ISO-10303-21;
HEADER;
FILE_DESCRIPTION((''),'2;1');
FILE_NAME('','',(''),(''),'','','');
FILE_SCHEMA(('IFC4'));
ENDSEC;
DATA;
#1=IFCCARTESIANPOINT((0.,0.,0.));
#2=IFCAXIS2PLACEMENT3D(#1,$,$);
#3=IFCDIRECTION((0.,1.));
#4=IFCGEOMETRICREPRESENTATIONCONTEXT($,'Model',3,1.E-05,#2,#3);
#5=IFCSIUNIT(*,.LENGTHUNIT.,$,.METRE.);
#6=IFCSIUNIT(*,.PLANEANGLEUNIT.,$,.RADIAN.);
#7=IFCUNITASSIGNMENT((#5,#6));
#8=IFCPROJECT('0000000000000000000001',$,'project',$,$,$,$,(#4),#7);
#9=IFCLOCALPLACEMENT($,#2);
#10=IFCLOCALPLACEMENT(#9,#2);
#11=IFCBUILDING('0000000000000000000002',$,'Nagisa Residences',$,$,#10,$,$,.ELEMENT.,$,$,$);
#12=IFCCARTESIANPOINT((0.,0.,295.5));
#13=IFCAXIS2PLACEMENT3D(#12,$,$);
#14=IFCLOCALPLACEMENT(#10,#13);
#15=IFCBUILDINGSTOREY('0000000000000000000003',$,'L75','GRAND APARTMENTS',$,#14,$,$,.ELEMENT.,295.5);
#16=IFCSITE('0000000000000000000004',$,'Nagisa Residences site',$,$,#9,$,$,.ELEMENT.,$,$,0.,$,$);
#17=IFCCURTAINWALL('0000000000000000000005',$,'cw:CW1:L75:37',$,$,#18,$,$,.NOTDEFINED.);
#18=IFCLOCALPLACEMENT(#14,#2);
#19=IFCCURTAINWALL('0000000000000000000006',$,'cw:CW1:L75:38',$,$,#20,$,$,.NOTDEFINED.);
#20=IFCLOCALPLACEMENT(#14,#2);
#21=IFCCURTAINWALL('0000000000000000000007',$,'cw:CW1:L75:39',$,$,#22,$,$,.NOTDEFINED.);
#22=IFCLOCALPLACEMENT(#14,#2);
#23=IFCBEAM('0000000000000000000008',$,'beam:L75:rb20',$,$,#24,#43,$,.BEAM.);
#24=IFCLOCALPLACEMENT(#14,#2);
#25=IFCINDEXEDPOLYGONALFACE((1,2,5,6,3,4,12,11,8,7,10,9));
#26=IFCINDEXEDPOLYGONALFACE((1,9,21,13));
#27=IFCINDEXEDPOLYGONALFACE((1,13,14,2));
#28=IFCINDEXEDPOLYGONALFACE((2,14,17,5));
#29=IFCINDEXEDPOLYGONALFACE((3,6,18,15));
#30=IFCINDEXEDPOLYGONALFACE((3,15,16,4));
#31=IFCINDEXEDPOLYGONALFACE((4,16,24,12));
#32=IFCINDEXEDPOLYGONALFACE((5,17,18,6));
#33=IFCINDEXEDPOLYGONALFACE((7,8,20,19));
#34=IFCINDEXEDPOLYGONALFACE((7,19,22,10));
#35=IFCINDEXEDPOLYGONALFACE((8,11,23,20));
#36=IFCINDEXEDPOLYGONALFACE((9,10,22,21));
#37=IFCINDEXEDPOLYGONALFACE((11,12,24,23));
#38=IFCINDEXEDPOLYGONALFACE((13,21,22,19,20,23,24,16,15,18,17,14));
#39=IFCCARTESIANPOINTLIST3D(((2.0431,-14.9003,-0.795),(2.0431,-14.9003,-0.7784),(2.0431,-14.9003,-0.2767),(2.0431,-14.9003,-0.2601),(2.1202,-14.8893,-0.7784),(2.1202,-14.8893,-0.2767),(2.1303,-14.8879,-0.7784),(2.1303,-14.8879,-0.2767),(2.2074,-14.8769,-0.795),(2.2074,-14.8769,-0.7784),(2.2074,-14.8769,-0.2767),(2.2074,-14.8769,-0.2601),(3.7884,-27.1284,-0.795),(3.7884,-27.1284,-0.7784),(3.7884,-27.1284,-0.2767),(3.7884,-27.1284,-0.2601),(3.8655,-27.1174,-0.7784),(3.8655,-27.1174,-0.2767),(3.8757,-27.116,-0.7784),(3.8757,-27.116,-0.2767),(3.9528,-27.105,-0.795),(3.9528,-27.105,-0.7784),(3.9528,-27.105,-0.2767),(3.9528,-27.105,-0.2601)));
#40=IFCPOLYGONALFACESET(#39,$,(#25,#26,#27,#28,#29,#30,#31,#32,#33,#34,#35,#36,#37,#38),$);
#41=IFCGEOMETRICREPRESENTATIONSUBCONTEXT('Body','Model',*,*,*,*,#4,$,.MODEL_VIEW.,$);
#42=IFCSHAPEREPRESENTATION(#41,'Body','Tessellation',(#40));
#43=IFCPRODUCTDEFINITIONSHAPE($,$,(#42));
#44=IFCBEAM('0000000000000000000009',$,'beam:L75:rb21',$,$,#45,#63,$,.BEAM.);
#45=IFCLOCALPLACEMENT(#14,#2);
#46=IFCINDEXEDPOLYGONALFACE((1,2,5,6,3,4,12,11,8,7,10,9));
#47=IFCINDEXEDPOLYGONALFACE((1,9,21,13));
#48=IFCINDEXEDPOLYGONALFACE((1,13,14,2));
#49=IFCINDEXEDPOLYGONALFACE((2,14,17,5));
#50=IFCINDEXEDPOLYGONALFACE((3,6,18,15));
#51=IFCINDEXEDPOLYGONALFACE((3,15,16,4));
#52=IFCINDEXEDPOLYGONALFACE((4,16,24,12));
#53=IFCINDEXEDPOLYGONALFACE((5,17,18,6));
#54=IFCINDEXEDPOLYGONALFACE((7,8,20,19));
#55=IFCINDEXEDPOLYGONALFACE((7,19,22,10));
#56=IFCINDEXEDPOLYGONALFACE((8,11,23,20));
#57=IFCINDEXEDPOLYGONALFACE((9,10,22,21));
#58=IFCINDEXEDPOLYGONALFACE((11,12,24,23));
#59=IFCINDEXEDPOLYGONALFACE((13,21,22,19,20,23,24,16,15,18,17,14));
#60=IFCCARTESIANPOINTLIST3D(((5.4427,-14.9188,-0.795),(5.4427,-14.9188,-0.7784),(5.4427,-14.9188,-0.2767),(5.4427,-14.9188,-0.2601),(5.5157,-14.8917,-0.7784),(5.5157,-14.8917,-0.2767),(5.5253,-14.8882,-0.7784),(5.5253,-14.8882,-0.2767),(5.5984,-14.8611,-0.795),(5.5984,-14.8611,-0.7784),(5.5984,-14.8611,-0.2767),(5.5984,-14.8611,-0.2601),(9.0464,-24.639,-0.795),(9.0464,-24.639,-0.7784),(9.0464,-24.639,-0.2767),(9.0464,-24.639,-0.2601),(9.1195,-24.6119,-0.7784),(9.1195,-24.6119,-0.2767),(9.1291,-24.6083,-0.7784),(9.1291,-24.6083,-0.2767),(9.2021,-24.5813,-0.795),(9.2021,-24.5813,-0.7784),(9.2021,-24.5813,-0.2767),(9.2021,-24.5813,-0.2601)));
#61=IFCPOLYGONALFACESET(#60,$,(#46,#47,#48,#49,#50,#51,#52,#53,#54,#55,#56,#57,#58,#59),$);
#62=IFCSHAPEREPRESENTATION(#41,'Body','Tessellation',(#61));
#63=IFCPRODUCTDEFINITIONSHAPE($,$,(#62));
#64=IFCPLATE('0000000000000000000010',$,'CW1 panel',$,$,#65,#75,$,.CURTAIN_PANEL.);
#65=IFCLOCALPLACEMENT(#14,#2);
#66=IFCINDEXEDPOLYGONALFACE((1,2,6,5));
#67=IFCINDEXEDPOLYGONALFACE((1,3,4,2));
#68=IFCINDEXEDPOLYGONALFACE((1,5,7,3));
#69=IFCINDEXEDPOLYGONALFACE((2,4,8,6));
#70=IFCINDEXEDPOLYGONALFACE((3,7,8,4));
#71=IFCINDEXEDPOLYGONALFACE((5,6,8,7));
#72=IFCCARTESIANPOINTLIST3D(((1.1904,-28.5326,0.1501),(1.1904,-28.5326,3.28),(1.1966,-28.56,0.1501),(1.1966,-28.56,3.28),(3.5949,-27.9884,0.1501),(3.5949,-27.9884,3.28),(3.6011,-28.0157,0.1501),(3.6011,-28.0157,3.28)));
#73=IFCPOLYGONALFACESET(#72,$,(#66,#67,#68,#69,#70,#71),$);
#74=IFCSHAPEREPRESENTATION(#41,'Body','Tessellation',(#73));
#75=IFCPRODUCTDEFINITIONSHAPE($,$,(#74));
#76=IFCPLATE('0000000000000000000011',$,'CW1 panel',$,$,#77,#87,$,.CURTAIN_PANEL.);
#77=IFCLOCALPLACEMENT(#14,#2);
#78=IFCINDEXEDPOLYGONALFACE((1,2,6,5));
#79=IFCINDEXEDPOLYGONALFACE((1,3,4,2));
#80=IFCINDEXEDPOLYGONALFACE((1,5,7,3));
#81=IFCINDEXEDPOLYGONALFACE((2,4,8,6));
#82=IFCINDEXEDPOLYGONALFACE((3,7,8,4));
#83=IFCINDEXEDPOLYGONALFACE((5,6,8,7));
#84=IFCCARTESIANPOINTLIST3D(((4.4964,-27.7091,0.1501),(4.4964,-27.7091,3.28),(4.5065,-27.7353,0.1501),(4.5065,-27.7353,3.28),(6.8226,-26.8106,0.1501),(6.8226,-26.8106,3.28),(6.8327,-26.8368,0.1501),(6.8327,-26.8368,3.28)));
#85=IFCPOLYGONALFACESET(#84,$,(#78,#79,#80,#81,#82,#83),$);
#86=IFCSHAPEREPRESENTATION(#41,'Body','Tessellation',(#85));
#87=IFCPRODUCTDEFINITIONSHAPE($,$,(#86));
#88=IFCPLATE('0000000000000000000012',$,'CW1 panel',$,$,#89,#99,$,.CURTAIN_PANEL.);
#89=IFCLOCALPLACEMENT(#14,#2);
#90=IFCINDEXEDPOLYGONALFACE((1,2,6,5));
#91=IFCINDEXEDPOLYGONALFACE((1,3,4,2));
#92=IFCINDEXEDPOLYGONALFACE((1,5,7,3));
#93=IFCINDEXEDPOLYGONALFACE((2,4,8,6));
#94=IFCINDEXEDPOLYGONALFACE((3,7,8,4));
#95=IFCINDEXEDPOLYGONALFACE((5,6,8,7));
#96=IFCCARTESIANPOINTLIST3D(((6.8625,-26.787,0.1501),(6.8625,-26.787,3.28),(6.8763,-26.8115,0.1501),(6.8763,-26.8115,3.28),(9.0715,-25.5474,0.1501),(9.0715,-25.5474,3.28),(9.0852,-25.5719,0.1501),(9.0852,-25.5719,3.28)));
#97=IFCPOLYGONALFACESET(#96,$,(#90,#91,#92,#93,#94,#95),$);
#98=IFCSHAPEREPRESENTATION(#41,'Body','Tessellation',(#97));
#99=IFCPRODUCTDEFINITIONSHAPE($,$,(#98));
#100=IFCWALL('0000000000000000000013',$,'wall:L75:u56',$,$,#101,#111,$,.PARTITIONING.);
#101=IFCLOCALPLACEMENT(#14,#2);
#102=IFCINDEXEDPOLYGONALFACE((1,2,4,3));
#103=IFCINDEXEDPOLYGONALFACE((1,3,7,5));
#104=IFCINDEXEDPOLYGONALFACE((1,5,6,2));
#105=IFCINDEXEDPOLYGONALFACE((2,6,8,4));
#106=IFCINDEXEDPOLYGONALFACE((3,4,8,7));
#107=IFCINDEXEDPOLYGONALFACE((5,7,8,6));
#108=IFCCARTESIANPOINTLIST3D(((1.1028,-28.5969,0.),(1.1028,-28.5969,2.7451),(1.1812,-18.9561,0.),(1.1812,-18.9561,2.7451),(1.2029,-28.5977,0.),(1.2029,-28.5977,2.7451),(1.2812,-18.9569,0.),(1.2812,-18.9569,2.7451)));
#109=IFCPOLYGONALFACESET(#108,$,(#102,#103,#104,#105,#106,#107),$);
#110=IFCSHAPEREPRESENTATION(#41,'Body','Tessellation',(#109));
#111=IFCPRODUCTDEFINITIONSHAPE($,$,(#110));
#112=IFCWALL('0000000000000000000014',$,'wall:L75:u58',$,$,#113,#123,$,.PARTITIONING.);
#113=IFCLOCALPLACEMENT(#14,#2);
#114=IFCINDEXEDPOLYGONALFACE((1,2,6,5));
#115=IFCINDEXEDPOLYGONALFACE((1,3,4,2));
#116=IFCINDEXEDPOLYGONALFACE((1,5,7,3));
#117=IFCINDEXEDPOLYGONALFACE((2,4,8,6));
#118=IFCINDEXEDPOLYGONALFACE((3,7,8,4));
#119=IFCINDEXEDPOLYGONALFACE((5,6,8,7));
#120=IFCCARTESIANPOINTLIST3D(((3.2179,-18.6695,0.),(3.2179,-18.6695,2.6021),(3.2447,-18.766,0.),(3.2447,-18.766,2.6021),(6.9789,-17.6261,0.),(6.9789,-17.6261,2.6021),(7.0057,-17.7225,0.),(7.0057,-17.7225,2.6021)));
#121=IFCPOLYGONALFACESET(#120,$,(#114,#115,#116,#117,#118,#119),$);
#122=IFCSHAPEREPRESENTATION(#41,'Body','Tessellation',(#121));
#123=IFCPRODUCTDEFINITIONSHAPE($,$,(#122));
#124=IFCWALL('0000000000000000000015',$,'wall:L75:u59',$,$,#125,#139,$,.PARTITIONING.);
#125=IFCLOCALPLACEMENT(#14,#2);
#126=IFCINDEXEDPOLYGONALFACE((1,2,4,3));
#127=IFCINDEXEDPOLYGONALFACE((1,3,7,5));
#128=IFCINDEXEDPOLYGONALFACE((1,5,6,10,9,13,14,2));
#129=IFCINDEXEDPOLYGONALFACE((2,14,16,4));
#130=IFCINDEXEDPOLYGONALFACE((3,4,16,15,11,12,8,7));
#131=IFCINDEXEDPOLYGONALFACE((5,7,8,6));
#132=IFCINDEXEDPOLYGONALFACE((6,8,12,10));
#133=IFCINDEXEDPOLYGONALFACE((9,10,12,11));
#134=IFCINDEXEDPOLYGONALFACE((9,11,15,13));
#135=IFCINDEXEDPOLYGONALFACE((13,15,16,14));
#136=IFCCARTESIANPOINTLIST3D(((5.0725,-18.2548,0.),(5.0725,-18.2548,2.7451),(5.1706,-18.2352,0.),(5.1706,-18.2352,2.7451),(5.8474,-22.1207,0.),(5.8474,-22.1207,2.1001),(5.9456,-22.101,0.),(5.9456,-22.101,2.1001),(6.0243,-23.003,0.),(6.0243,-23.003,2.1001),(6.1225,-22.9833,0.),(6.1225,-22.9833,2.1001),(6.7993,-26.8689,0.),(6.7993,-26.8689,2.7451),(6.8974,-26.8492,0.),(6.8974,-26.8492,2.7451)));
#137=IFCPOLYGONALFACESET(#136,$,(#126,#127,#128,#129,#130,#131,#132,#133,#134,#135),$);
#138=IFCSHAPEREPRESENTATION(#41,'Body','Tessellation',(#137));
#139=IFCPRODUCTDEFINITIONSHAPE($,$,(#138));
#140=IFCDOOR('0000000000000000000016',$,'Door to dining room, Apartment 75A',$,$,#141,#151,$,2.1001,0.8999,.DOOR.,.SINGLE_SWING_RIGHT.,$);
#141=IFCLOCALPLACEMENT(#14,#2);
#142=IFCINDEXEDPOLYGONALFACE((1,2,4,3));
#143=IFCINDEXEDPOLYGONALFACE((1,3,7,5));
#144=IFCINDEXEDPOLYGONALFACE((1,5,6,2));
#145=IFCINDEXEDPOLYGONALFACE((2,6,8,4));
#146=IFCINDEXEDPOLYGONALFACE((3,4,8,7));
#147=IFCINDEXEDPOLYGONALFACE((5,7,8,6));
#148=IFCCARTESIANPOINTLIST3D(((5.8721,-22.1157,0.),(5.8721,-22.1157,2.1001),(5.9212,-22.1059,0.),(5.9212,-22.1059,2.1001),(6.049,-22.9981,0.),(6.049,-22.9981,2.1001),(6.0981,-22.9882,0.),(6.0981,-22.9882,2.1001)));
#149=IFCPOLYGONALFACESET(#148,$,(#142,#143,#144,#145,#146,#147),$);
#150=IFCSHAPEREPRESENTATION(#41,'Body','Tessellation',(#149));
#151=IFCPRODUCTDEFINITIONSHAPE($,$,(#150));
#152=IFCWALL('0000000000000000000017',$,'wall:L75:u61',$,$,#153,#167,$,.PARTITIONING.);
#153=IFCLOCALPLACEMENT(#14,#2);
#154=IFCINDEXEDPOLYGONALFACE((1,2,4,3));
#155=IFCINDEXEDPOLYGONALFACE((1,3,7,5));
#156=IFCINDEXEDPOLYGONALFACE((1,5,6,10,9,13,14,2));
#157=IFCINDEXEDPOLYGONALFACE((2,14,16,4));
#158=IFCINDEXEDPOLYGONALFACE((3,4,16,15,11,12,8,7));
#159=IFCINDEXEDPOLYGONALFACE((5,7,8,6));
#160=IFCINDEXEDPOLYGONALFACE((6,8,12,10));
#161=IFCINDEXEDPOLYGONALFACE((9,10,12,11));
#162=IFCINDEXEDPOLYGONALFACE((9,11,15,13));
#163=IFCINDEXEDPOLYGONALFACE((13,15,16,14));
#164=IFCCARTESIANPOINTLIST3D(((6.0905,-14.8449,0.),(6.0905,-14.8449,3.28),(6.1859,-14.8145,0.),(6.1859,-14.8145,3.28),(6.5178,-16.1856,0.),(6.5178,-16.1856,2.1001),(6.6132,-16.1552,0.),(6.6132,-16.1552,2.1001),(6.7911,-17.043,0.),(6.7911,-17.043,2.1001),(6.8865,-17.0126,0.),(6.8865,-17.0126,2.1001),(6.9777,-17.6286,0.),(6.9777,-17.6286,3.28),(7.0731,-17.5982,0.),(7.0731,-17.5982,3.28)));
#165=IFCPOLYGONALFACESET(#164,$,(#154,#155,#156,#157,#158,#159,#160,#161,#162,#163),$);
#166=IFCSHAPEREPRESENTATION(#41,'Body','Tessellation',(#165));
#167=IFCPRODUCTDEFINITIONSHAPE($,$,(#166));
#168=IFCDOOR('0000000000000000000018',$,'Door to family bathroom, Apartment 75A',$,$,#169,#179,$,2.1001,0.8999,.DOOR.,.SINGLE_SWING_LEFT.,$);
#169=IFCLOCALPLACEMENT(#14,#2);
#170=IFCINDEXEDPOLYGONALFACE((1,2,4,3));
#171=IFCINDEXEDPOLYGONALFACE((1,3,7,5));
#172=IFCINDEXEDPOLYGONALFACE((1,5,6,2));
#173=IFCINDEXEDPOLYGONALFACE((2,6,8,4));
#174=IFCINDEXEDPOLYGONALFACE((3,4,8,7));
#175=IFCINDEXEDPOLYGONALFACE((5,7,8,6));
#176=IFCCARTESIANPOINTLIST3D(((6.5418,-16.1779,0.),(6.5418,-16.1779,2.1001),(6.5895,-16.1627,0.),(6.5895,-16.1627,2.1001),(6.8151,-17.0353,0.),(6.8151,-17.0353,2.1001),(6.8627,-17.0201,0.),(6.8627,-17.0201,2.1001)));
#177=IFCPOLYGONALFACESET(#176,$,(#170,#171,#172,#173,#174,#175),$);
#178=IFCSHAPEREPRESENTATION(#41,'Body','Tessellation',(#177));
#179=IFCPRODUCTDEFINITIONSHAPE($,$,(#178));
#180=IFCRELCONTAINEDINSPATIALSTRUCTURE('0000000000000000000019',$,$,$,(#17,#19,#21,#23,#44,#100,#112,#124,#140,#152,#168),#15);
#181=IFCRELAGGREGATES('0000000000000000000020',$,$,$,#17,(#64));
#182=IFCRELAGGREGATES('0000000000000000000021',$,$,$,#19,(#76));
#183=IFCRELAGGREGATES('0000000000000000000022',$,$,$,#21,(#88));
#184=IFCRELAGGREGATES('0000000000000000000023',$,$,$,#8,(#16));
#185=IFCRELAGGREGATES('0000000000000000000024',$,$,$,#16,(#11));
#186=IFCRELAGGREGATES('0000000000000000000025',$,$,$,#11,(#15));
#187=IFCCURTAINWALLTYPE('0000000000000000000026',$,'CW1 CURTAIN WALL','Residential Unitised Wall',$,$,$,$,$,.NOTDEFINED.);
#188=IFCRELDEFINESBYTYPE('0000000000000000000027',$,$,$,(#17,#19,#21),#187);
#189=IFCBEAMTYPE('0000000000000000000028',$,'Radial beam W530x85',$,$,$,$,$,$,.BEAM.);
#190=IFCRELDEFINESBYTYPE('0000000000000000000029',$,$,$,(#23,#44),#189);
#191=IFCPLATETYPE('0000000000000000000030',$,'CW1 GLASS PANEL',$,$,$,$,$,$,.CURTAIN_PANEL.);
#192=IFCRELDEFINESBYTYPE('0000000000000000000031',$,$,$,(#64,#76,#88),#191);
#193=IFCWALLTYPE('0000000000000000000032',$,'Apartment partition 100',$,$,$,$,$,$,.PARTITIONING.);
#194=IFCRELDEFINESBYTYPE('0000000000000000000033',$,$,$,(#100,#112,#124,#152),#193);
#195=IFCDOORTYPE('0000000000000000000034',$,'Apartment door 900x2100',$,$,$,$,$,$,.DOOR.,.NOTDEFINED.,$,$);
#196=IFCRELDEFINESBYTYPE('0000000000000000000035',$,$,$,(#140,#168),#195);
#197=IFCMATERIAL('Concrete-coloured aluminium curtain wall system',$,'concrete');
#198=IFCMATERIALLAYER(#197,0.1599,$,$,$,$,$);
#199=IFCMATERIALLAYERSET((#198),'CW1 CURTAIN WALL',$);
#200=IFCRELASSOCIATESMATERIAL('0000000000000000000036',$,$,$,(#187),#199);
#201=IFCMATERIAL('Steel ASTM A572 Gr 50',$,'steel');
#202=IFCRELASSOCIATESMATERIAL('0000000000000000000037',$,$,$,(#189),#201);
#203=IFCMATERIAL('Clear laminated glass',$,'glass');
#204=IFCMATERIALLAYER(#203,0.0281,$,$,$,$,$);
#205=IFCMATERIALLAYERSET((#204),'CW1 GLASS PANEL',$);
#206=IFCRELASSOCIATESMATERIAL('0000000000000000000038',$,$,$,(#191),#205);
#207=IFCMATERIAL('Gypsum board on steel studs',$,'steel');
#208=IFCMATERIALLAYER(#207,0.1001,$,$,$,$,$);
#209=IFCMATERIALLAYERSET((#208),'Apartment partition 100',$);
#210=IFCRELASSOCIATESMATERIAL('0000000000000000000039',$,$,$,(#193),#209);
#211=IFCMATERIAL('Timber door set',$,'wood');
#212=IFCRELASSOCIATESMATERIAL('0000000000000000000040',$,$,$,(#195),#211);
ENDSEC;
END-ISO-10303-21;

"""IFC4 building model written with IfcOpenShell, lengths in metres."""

from ifc_helpers import new_model, si_unit, direction, frame, frame_2d, origin, origin_2d, place, context, subcontext, project, spatial, rectangle, i_section, extrude, material, layer, layer_set, material_profile, profile_set, type_object, element, fill, aggregate, save


model = new_model("IFC4")

# Units and contexts
model_context = context("Model", 3, precision=1e-05, world=origin(), true_north=direction((0.0, 1.0)))
body_context = subcontext(model_context, "Body", "Model", "MODEL_VIEW")
ifc_project = project(units=[si_unit("LENGTHUNIT", "METRE"), si_unit("PLANEANGLEUNIT", "RADIAN")], contexts=[model_context])

# Site, building, storey
site_placement = place(None, origin())
site = spatial("IfcSite", under=ifc_project, at=site_placement, Name="Nagisa Residences site", CompositionType="ELEMENT", RefElevation=0.0)
building_placement = place(site_placement, origin())
building = spatial("IfcBuilding", under=site, at=building_placement, Name="Nagisa Residences", CompositionType="ELEMENT")
storey_placement = place(building_placement, frame((0.0, 0.0, 295.5)))
storey = spatial("IfcBuildingStorey", under=building, at=storey_placement, Name="L75", Description="GRAND APARTMENTS", CompositionType="ELEMENT", Elevation=295.5)

# Curtain walls
ifc_material_1 = material(Name="Concrete-coloured aluminium curtain wall system", Category="concrete")
ifc_layer_1 = layer(ifc_material_1, 0.1599)
ifc_layer_set_1 = layer_set([ifc_layer_1], Name="CW1 CURTAIN WALL")
curtain_wall_type = type_object("IfcCurtainWallType", Name="CW1 CURTAIN WALL", Description="Residential Unitised Wall", PredefinedType="NOTDEFINED", material=ifc_layer_set_1)
curtain_wall_1_placement = place(storey_placement, origin())
curtain_wall_1 = element("IfcCurtainWall", 1, at=curtain_wall_1_placement, inside=storey, type_object=curtain_wall_type, Name="cw:CW1:L75:37", PredefinedType="NOTDEFINED")
curtain_wall_2_placement = place(storey_placement, origin())
curtain_wall_2 = element("IfcCurtainWall", 2, at=curtain_wall_2_placement, inside=storey, type_object=curtain_wall_type, Name="cw:CW1:L75:38", PredefinedType="NOTDEFINED")
curtain_wall_3_placement = place(storey_placement, origin())
curtain_wall_3 = element("IfcCurtainWall", 3, at=curtain_wall_3_placement, inside=storey, type_object=curtain_wall_type, Name="cw:CW1:L75:39", PredefinedType="NOTDEFINED")

# Beams
ifc_material_2 = material(Name="Steel ASTM A572 Gr 50", Category="steel")
ifc_material_profile_1 = material_profile(ifc_material_2, i_section(OverallWidth=0.166, OverallDepth=0.5349, WebThickness=0.0103, FlangeThickness=0.0166, at=origin_2d()), Name="W530x85")
ifc_profile_set_1 = profile_set([ifc_material_profile_1], Name="Steel ASTM A572 Gr 50")
beam_type_1 = type_object("IfcBeamType", Name="Radial beam W530x85", PredefinedType="BEAM", material=ifc_profile_set_1)
beam_1_placement = place(storey_placement, frame((3.8706, -27.1167, -0.5276), z_axis=(-0.141302, 0.989966, 0.0), x_axis=(-0.989966, -0.141302, 0.0)))
element("IfcBeam", 4, at=beam_1_placement, inside=storey, type_object=beam_type_1, Name="beam:L75:rb20", PredefinedType="BEAM", context=body_context, shape_type="SweptSolid", body=[
    extrude(i_section(OverallWidth=0.166, OverallDepth=0.5349, WebThickness=0.0103, FlangeThickness=0.0166, at=origin_2d()), origin(), (0.0, 0.0, 1.0), 12.3521),
])
beam_2_placement = place(storey_placement, frame((9.1243, -24.6101, -0.5276), z_axis=(-0.347627, 0.937633, 0.0), x_axis=(-0.937633, -0.347627, 0.0)))
element("IfcBeam", 5, at=beam_2_placement, inside=storey, type_object=beam_type_1, Name="beam:L75:rb21", PredefinedType="BEAM", context=body_context, shape_type="SweptSolid", body=[
    extrude(i_section(OverallWidth=0.166, OverallDepth=0.5349, WebThickness=0.0103, FlangeThickness=0.0166, at=origin_2d()), origin(), (0.0, 0.0, 1.0), 10.3667),
])

# Plates
ifc_material_3 = material(Name="Clear laminated glass", Category="glass")
ifc_layer_2 = layer(ifc_material_3, 0.0281)
ifc_layer_set_2 = layer_set([ifc_layer_2], Name="CW1 GLASS PANEL")
plate_type = type_object("IfcPlateType", Name="CW1 GLASS PANEL", PredefinedType="CURTAIN_PANEL", material=ifc_layer_set_2)
plate_1_placement = place(storey_placement, frame((2.3958, -28.2742, 0.1501), z_axis=(0.0, 0.0, 1.0), x_axis=(0.975327, 0.220764, 0.0)))
plate_1 = element("IfcPlate", 6, at=plate_1_placement, type_object=plate_type, Name="CW1 panel", PredefinedType="CURTAIN_PANEL", context=body_context, shape_type="SweptSolid", body=[
    extrude(rectangle(XDim=2.4653, YDim=0.0281, at=origin_2d()), origin(), (0.0, 0.0, 1.0), 3.1299),
])
aggregate(curtain_wall_1, [plate_1])
plate_2_placement = place(storey_placement, frame((5.6646, -27.2729, 0.1501), z_axis=(0.0, 0.0, 1.0), x_axis=(0.932826, 0.360328, 0.0)))
plate_2 = element("IfcPlate", 7, at=plate_2_placement, type_object=plate_type, Name="CW1 panel", PredefinedType="CURTAIN_PANEL", context=body_context, shape_type="SweptSolid", body=[
    extrude(rectangle(XDim=2.4937, YDim=0.0281, at=origin_2d()), origin(), (0.0, 0.0, 1.0), 3.1299),
])
aggregate(curtain_wall_2, [plate_2])
plate_3_placement = place(storey_placement, frame((7.9739, -26.1794, 0.1501), z_axis=(0.0, 0.0, 1.0), x_axis=(0.872072, 0.489377, 0.0)))
plate_3 = element("IfcPlate", 8, at=plate_3_placement, type_object=plate_type, Name="CW1 panel", PredefinedType="CURTAIN_PANEL", context=body_context, shape_type="SweptSolid", body=[
    extrude(rectangle(XDim=2.533, YDim=0.0281, at=origin_2d()), origin(), (0.0, 0.0, 1.0), 3.1299),
])
aggregate(curtain_wall_3, [plate_3])

# Walls
ifc_material_4 = material(Name="Gypsum board on steel studs", Category="steel")
ifc_layer_3 = layer(ifc_material_4, 0.1001)
ifc_layer_set_3 = layer_set([ifc_layer_3], Name="Apartment partition 100")
wall_type_1 = type_object("IfcWallType", Name="Apartment partition 100", PredefinedType="PARTITIONING", material=ifc_layer_set_3)
wall_1_placement = place(storey_placement, frame((1.2312, -18.9565, 0.0), z_axis=(0.0, 0.0, 1.0), x_axis=(-0.008129, -0.999967, 0.0)))
element("IfcWall", 9, at=wall_1_placement, inside=storey, type_object=wall_type_1, Name="wall:L75:u56", PredefinedType="PARTITIONING", context=body_context, shape_type="SweptSolid", body=[
    extrude(rectangle(XDim=9.6411, YDim=0.1001, at=frame_2d((4.8206, 0.0))), origin(), (0.0, 0.0, 1.0), 2.7451),
])
wall_2_placement = place(storey_placement, frame((3.2312, -18.7178, 0.0), z_axis=(0.0, 0.0, 1.0), x_axis=(0.963601, 0.267344, 0.0)))
element("IfcWall", 10, at=wall_2_placement, inside=storey, type_object=wall_type_1, Name="wall:L75:u58", PredefinedType="PARTITIONING", context=body_context, shape_type="SweptSolid", body=[
    extrude(rectangle(XDim=3.9031, YDim=0.1001, at=frame_2d((1.9517, 0.0))), origin(), (0.0, 0.0, 1.0), 2.6021),
])

# Walls, openings, doors
wall_3_placement = place(storey_placement, frame((5.1216, -18.2451, 0.0), z_axis=(0.0, 0.0, 1.0), x_axis=(0.196554, -0.980493, 0.0)))
wall_3 = element("IfcWall", 11, at=wall_3_placement, inside=storey, type_object=wall_type_1, Name="wall:L75:u59", PredefinedType="PARTITIONING", context=body_context, shape_type="SweptSolid", body=[
    extrude(rectangle(XDim=8.7854, YDim=0.1001, at=frame_2d((4.3926, 0.0))), origin(), (0.0, 0.0, 1.0), 2.7451),
])
opening_1_placement = place(wall_3_placement, frame((3.9426, 0.0, 0.0)))
opening_1 = element("IfcOpeningElement", 12, at=opening_1_placement, cuts=wall_3, PredefinedType="OPENING", context=body_context, shape_type="SweptSolid", body=[
    extrude(rectangle(XDim=0.8999, YDim=2.1001, at=frame_2d((0.45, 1.05))), frame((0.0, 0.0601, 0.0), z_axis=(0.0, -1.0, 0.0), x_axis=(1.0, 0.0, 0.0)), (0.0, 0.0, 1.0), 0.1201),
])
ifc_material_5 = material(Name="Timber door set", Category="wood")
door_type_1 = type_object("IfcDoorType", Name="Apartment door 900x2100", OperationType="NOTDEFINED", PredefinedType="DOOR", material=ifc_material_5)
door_1_placement = place(opening_1_placement, frame((0.8999, 0.0, 0.0), x_axis=(-1.0, 0.0, 0.0)))
door_1 = element("IfcDoor", 13, at=door_1_placement, inside=storey, type_object=door_type_1, Name="Door to dining room, Apartment 75A", OperationType="SINGLE_SWING_RIGHT", OverallHeight=2.1001, OverallWidth=0.8999, PredefinedType="DOOR", context=body_context, shape_type="SweptSolid", body=[
    extrude(rectangle(XDim=0.8999, YDim=2.1001, at=frame_2d((0.45, 1.05))), frame((0.0, 0.0249, 0.0), z_axis=(0.0, -1.0, 0.0), x_axis=(1.0, 0.0, 0.0)), (0.0, 0.0, 1.0), 0.05),
])
fill(opening_1, door_1)
wall_4_placement = place(storey_placement, frame((6.1382, -14.8296, 0.0), z_axis=(0.0, 0.0, 1.0), x_axis=(0.303666, -0.952779, 0.0)))
wall_4 = element("IfcWall", 14, at=wall_4_placement, inside=storey, type_object=wall_type_1, Name="wall:L75:u61", PredefinedType="PARTITIONING", context=body_context, shape_type="SweptSolid", body=[
    extrude(rectangle(XDim=2.9216, YDim=0.1001, at=frame_2d((1.4609, 0.0))), origin(), (0.0, 0.0, 1.0), 3.28),
])
opening_2_placement = place(wall_4_placement, frame((1.4072, 0.0, 0.0)))
opening_2 = element("IfcOpeningElement", 15, at=opening_2_placement, cuts=wall_4, PredefinedType="OPENING", context=body_context, shape_type="SweptSolid", body=[
    extrude(rectangle(XDim=0.8999, YDim=2.1001, at=frame_2d((0.45, 1.05))), frame((0.0, 0.0601, 0.0), z_axis=(0.0, -1.0, 0.0), x_axis=(1.0, 0.0, 0.0)), (0.0, 0.0, 1.0), 0.1201),
])
door_2_placement = place(opening_2_placement, frame((0.8999, 0.0, 0.0), x_axis=(-1.0, 0.0, 0.0)))
door_2 = element("IfcDoor", 16, at=door_2_placement, inside=storey, type_object=door_type_1, Name="Door to family bathroom, Apartment 75A", OperationType="SINGLE_SWING_LEFT", OverallHeight=2.1001, OverallWidth=0.8999, PredefinedType="DOOR", context=body_context, shape_type="SweptSolid", body=[
    extrude(rectangle(XDim=0.8999, YDim=2.1001, at=frame_2d((0.45, 1.05))), frame((0.0, 0.0249, 0.0), z_axis=(0.0, -1.0, 0.0), x_axis=(1.0, 0.0, 0.0)), (0.0, 0.0, 1.0), 0.05),
])
fill(opening_2, door_2)

save(model, "model.ifc")
